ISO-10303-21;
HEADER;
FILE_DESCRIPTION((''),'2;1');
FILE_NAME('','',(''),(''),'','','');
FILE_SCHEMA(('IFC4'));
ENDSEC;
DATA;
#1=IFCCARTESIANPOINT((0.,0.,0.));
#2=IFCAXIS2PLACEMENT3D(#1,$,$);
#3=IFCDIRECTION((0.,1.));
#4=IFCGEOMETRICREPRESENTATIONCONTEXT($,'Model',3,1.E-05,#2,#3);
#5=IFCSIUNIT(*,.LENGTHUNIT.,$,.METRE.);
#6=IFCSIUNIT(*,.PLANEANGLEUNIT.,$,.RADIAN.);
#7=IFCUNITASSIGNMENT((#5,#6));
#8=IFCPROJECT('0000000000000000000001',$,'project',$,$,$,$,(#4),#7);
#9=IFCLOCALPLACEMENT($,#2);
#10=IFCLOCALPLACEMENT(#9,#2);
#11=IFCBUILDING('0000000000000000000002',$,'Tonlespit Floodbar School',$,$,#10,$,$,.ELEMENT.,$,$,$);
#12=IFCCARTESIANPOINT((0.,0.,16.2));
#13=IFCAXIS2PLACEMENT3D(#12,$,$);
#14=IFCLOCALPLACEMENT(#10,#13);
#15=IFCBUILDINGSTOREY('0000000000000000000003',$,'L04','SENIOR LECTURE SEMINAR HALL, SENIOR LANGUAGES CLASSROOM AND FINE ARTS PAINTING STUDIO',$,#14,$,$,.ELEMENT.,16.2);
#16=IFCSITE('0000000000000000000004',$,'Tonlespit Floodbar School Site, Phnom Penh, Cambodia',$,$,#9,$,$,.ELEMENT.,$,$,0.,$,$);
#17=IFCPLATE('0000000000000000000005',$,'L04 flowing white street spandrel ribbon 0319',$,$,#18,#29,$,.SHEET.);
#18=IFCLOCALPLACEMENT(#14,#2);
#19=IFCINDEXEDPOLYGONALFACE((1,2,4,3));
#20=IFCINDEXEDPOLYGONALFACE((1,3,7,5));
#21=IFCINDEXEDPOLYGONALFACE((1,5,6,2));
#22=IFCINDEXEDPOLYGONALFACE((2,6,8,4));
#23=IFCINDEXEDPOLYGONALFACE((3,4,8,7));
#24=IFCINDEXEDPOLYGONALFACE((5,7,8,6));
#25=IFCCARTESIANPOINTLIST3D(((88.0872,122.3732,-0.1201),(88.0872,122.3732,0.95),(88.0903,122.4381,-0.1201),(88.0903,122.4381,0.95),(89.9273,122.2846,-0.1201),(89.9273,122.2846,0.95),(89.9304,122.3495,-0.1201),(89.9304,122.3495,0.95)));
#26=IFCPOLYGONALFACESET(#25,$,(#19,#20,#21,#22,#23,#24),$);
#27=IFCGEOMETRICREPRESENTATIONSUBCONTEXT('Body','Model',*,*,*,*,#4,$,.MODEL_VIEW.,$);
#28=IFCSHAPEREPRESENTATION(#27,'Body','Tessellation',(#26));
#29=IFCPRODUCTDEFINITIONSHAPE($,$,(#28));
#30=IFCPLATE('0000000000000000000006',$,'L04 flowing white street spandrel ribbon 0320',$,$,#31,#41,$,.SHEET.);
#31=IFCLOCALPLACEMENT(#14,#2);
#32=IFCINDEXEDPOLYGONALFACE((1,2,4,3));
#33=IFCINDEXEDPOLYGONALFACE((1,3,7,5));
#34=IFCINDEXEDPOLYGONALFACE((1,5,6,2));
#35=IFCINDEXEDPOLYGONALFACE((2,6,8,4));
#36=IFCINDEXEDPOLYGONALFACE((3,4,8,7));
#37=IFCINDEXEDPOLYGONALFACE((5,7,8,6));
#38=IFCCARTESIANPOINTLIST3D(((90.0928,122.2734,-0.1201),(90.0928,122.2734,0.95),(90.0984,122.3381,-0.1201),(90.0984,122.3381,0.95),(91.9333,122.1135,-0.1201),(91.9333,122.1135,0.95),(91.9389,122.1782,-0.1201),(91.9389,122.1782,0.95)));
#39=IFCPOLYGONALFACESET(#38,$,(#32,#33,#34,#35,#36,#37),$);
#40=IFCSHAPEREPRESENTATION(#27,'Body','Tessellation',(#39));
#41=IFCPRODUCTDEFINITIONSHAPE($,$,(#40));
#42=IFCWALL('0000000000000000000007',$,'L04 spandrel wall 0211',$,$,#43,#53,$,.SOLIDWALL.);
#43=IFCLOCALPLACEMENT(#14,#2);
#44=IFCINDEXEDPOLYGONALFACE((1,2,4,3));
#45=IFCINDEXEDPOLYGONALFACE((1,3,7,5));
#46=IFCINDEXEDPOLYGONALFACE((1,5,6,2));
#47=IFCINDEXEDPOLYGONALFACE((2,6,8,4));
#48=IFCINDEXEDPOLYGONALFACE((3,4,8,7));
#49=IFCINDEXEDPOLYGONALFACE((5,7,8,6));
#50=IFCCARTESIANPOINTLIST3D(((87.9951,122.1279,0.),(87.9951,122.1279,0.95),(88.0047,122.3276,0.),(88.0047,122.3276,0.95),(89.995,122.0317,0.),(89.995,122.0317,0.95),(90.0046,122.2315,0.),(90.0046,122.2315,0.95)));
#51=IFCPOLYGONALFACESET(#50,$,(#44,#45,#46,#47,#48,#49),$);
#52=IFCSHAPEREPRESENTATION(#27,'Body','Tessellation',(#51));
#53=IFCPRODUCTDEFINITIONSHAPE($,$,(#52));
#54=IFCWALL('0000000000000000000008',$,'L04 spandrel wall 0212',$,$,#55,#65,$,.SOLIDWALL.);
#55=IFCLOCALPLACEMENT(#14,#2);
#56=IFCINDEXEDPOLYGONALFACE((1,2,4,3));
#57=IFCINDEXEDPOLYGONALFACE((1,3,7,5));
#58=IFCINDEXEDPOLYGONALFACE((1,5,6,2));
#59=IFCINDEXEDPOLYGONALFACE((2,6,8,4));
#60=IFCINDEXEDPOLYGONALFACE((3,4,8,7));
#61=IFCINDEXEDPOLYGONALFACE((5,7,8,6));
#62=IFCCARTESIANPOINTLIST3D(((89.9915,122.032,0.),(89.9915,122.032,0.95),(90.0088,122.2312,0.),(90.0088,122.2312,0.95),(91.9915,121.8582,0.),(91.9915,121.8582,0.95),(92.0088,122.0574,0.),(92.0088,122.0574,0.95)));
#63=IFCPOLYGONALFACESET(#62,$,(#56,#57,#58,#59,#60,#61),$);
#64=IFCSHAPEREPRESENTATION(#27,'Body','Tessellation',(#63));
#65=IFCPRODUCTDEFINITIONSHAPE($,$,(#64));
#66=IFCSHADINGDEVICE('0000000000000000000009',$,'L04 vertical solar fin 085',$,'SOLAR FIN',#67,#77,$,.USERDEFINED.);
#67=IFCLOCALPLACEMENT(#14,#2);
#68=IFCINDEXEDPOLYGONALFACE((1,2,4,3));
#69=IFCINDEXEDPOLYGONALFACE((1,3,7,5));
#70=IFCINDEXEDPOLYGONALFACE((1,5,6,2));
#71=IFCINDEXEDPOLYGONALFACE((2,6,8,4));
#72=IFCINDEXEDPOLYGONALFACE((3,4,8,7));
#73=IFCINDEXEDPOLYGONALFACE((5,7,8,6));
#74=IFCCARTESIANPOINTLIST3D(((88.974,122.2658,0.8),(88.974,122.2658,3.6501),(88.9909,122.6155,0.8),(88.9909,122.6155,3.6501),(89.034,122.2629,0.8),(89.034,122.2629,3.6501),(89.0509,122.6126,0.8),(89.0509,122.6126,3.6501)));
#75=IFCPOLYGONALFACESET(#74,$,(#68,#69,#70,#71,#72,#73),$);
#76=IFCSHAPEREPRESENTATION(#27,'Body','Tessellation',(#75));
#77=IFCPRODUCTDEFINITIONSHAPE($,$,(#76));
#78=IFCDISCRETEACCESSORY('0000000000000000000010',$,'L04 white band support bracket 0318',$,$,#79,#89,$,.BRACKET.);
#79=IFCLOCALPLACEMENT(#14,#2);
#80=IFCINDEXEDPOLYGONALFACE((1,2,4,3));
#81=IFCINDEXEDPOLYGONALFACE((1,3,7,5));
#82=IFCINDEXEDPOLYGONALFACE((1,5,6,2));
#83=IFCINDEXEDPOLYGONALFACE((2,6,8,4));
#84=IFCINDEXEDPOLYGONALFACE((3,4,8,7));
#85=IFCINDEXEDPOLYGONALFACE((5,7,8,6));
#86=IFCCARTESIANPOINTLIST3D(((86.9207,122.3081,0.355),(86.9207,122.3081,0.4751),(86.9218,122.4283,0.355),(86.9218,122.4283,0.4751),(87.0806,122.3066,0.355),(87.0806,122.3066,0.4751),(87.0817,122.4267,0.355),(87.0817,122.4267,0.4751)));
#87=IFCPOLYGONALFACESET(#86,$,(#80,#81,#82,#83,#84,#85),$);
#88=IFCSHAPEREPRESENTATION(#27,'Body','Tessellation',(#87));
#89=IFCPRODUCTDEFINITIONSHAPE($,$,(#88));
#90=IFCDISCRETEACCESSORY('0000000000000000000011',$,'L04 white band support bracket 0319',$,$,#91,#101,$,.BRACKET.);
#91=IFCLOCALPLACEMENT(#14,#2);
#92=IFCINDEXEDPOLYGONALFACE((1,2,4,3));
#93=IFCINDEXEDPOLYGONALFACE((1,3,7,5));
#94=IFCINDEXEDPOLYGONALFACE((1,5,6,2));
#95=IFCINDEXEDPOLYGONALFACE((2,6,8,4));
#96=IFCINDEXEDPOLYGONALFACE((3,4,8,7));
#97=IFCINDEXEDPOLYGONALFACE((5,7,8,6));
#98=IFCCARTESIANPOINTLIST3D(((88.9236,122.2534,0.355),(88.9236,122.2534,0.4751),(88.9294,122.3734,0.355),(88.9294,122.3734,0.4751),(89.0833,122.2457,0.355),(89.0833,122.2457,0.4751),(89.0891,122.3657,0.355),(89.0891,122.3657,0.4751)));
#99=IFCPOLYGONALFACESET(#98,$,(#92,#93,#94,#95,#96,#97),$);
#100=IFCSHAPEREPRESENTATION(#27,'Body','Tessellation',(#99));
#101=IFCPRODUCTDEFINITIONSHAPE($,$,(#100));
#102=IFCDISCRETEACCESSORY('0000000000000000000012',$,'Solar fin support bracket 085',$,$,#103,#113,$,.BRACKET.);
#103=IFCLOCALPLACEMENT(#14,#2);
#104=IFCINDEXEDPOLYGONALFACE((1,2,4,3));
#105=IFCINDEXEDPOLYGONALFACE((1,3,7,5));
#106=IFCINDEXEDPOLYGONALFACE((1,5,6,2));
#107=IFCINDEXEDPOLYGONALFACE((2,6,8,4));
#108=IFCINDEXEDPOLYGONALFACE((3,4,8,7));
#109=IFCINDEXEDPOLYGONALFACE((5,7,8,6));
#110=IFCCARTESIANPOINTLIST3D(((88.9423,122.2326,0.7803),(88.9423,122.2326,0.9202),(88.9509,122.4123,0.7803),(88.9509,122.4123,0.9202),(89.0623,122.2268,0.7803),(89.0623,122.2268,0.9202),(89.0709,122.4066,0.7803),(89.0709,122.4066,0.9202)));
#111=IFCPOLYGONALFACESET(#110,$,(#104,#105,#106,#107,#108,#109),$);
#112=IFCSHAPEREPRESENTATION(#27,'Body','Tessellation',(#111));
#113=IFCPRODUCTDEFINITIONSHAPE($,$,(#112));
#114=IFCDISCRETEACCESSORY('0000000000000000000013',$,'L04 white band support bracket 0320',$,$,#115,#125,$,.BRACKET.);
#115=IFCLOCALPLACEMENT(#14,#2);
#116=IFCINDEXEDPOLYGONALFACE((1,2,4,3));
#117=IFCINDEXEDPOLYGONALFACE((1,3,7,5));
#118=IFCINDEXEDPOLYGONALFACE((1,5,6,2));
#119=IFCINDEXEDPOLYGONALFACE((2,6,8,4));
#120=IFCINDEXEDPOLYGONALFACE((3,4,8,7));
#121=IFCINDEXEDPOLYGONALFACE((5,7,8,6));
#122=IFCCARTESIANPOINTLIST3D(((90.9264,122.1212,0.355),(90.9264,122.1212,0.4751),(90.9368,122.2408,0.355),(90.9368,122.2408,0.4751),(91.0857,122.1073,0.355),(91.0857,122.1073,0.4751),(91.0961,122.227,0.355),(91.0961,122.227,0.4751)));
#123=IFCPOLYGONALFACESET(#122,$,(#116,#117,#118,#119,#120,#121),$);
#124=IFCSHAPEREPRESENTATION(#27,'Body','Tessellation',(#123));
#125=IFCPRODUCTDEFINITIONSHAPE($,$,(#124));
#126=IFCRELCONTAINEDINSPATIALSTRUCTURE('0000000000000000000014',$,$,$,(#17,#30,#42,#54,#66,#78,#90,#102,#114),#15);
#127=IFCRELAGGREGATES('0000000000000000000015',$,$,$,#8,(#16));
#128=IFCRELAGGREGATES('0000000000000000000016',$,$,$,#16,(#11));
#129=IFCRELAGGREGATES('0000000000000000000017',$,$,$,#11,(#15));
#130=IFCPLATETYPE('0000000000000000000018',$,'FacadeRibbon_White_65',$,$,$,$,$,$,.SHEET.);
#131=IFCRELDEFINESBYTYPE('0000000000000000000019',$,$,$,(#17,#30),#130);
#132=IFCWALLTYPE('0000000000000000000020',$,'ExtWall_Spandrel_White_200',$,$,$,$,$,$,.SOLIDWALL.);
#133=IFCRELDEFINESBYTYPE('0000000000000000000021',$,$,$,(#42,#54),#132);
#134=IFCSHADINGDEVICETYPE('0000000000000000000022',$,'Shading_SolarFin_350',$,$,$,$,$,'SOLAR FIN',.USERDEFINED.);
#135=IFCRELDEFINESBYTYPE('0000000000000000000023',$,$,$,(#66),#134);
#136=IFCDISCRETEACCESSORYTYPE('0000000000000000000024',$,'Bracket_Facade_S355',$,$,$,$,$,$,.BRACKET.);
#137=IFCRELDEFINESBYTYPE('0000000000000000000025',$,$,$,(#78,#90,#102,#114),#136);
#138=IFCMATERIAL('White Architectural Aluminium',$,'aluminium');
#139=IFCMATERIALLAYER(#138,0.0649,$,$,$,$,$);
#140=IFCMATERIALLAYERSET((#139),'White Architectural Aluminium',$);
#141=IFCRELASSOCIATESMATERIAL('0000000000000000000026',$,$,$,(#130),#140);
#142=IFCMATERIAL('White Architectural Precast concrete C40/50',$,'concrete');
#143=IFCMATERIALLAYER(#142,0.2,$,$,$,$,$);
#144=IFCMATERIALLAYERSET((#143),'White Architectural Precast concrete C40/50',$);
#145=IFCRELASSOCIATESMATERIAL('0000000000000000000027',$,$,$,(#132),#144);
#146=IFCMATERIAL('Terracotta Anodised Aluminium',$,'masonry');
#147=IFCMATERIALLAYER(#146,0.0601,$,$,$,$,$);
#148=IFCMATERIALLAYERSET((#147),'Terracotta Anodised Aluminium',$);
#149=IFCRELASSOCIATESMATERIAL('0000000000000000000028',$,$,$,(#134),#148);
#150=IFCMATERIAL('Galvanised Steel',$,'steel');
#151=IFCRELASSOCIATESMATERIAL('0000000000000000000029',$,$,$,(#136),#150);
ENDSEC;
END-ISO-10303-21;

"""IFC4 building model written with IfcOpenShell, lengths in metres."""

from ifc_helpers import new_model, si_unit, direction, frame, frame_2d, origin, origin_2d, place, context, subcontext, project, spatial, rectangle, extrude, material, layer, layer_set, type_object, element, save


model = new_model("IFC4")

# Units and contexts
model_context = context("Model", 3, precision=1e-05, world=origin(), true_north=direction((0.0, 1.0)))
body_context = subcontext(model_context, "Body", "Model", "MODEL_VIEW")
ifc_project = project(units=[si_unit("LENGTHUNIT", "METRE"), si_unit("PLANEANGLEUNIT", "RADIAN")], contexts=[model_context])

# Site, building, storey
site_placement = place(None, origin())
site = spatial("IfcSite", under=ifc_project, at=site_placement, Name="Tonlespit Floodbar School Site, Phnom Penh, Cambodia", CompositionType="ELEMENT", RefElevation=0.0)
building_placement = place(site_placement, origin())
building = spatial("IfcBuilding", under=site, at=building_placement, Name="Tonlespit Floodbar School", CompositionType="ELEMENT")
storey_placement = place(building_placement, frame((0.0, 0.0, 16.2)))
storey = spatial("IfcBuildingStorey", under=building, at=storey_placement, Name="L04", Description="SENIOR LECTURE SEMINAR HALL, SENIOR LANGUAGES CLASSROOM AND FINE ARTS PAINTING STUDIO", CompositionType="ELEMENT", Elevation=16.2)

# Plates
ifc_material_1 = material(Name="White Architectural Aluminium", Category="aluminium")
ifc_layer_1 = layer(ifc_material_1, 0.0649)
ifc_layer_set_1 = layer_set([ifc_layer_1], Name="White Architectural Aluminium")
plate_type_1 = type_object("IfcPlateType", Name="FacadeRibbon_White_65", PredefinedType="SHEET", material=ifc_layer_set_1)
plate_1_placement = place(storey_placement, frame((89.0088, 122.3613, -0.1201), z_axis=(0.0, 0.0, 1.0), x_axis=(0.998843, -0.048095, 0.0)))
element("IfcPlate", 1, at=plate_1_placement, inside=storey, type_object=plate_type_1, Name="L04 flowing white street spandrel ribbon 0319", PredefinedType="SHEET", context=body_context, shape_type="SweptSolid", body=[
    extrude(rectangle(XDim=1.8423, YDim=0.0649, at=origin_2d()), origin(), (0.0, 0.0, 1.0), 1.0701),
])
plate_2_placement = place(storey_placement, frame((91.0159, 122.2258, -0.1201), z_axis=(0.0, 0.0, 1.0), x_axis=(0.996245, -0.086573, 0.0)))
element("IfcPlate", 2, at=plate_2_placement, inside=storey, type_object=plate_type_1, Name="L04 flowing white street spandrel ribbon 0320", PredefinedType="SHEET", context=body_context, shape_type="SweptSolid", body=[
    extrude(rectangle(XDim=1.8474, YDim=0.0649, at=origin_2d()), origin(), (0.0, 0.0, 1.0), 1.0701),
])

# Walls
ifc_material_2 = material(Name="White Architectural Precast concrete C40/50", Category="concrete")
ifc_layer_2 = layer(ifc_material_2, 0.2)
ifc_layer_set_2 = layer_set([ifc_layer_2], Name="White Architectural Precast concrete C40/50")
wall_type = type_object("IfcWallType", Name="ExtWall_Spandrel_White_200", PredefinedType="SOLIDWALL", material=ifc_layer_set_2)
wall_1_placement = place(storey_placement, frame((88.0, 122.2278, 0.0), z_axis=(0.0, 0.0, 1.0), x_axis=(0.998845, -0.04804, 0.0)))
element("IfcWall", 3, at=wall_1_placement, inside=storey, type_object=wall_type, Name="L04 spandrel wall 0211", PredefinedType="SOLIDWALL", context=body_context, shape_type="SweptSolid", body=[
    extrude(rectangle(XDim=2.0022, YDim=0.2, at=frame_2d((1.001, 0.0))), origin(), (0.0, 0.0, 1.0), 0.95),
])
wall_2_placement = place(storey_placement, frame((90.0, 122.1316, 0.0), z_axis=(0.0, 0.0, 1.0), x_axis=(0.996244, -0.086588, 0.0)))
element("IfcWall", 4, at=wall_2_placement, inside=storey, type_object=wall_type, Name="L04 spandrel wall 0212", PredefinedType="SOLIDWALL", context=body_context, shape_type="SweptSolid", body=[
    extrude(rectangle(XDim=2.0076, YDim=0.2, at=frame_2d((1.0039, 0.0))), origin(), (0.0, 0.0, 1.0), 0.95),
])

# Shading device
ifc_material_3 = material(Name="Terracotta Anodised Aluminium", Category="masonry")
ifc_layer_3 = layer(ifc_material_3, 0.0601)
ifc_layer_set_3 = layer_set([ifc_layer_3], Name="Terracotta Anodised Aluminium")
shading_device_type = type_object("IfcShadingDeviceType", Name="Shading_SolarFin_350", ElementType="SOLAR FIN", PredefinedType="USERDEFINED", material=ifc_layer_set_3)
shading_device_placement = place(storey_placement, frame((89.0125, 122.4392, 0.8), z_axis=(0.0, 0.0, 1.0), x_axis=(0.998843, -0.048095, 0.0)))
element("IfcShadingDevice", 5, at=shading_device_placement, inside=storey, type_object=shading_device_type, Name="L04 vertical solar fin 085", ObjectType="SOLAR FIN", PredefinedType="USERDEFINED", context=body_context, shape_type="SweptSolid", body=[
    extrude(rectangle(XDim=0.0601, YDim=0.3501, at=origin_2d()), origin(), (0.0, 0.0, 1.0), 2.8501),
])

# Discrete accessories
ifc_material_4 = material(Name="Galvanised Steel", Category="steel")
discrete_accessory_type = type_object("IfcDiscreteAccessoryType", Name="Bracket_Facade_S355", PredefinedType="BRACKET", material=ifc_material_4)
for number, where, z_axis, x_axis, name in (
    (6, (87.0012, 122.3674, 0.355), (0.0, 0.0, 1.0), (0.999954, -0.009599, 0.0), "L04 white band support bracket 0318"),
    (7, (89.0063, 122.3096, 0.355), (0.0, 0.0, 1.0), (0.998843, -0.048095, 0.0), "L04 white band support bracket 0319"),
):
    element("IfcDiscreteAccessory", number, at=place(storey_placement, frame(where, z_axis=z_axis, x_axis=x_axis)), inside=storey, type_object=discrete_accessory_type, Name=name, PredefinedType="BRACKET", context=body_context, shape_type="SweptSolid", body=[
        extrude(rectangle(XDim=0.1599, YDim=0.1201, at=origin_2d()), origin(), (0.0, 0.0, 1.0), 0.1201),
    ])
discrete_accessory_1_placement = place(storey_placement, frame((89.0066, 122.3196, 0.7803), z_axis=(0.0, 0.0, 1.0), x_axis=(0.998843, -0.048095, 0.0)))
element("IfcDiscreteAccessory", 8, at=discrete_accessory_1_placement, inside=storey, type_object=discrete_accessory_type, Name="Solar fin support bracket 085", PredefinedType="BRACKET", context=body_context, shape_type="SweptSolid", body=[
    extrude(rectangle(XDim=0.1201, YDim=0.1799, at=origin_2d()), origin(), (0.0, 0.0, 1.0), 0.1399),
])
discrete_accessory_2_placement = place(storey_placement, frame((91.0112, 122.1741, 0.355), z_axis=(0.0, 0.0, 1.0), x_axis=(0.996245, -0.086573, 0.0)))
element("IfcDiscreteAccessory", 9, at=discrete_accessory_2_placement, inside=storey, type_object=discrete_accessory_type, Name="L04 white band support bracket 0320", PredefinedType="BRACKET", context=body_context, shape_type="SweptSolid", body=[
    extrude(rectangle(XDim=0.1599, YDim=0.1201, at=origin_2d()), origin(), (0.0, 0.0, 1.0), 0.1201),
])

save(model, "model.ifc")
